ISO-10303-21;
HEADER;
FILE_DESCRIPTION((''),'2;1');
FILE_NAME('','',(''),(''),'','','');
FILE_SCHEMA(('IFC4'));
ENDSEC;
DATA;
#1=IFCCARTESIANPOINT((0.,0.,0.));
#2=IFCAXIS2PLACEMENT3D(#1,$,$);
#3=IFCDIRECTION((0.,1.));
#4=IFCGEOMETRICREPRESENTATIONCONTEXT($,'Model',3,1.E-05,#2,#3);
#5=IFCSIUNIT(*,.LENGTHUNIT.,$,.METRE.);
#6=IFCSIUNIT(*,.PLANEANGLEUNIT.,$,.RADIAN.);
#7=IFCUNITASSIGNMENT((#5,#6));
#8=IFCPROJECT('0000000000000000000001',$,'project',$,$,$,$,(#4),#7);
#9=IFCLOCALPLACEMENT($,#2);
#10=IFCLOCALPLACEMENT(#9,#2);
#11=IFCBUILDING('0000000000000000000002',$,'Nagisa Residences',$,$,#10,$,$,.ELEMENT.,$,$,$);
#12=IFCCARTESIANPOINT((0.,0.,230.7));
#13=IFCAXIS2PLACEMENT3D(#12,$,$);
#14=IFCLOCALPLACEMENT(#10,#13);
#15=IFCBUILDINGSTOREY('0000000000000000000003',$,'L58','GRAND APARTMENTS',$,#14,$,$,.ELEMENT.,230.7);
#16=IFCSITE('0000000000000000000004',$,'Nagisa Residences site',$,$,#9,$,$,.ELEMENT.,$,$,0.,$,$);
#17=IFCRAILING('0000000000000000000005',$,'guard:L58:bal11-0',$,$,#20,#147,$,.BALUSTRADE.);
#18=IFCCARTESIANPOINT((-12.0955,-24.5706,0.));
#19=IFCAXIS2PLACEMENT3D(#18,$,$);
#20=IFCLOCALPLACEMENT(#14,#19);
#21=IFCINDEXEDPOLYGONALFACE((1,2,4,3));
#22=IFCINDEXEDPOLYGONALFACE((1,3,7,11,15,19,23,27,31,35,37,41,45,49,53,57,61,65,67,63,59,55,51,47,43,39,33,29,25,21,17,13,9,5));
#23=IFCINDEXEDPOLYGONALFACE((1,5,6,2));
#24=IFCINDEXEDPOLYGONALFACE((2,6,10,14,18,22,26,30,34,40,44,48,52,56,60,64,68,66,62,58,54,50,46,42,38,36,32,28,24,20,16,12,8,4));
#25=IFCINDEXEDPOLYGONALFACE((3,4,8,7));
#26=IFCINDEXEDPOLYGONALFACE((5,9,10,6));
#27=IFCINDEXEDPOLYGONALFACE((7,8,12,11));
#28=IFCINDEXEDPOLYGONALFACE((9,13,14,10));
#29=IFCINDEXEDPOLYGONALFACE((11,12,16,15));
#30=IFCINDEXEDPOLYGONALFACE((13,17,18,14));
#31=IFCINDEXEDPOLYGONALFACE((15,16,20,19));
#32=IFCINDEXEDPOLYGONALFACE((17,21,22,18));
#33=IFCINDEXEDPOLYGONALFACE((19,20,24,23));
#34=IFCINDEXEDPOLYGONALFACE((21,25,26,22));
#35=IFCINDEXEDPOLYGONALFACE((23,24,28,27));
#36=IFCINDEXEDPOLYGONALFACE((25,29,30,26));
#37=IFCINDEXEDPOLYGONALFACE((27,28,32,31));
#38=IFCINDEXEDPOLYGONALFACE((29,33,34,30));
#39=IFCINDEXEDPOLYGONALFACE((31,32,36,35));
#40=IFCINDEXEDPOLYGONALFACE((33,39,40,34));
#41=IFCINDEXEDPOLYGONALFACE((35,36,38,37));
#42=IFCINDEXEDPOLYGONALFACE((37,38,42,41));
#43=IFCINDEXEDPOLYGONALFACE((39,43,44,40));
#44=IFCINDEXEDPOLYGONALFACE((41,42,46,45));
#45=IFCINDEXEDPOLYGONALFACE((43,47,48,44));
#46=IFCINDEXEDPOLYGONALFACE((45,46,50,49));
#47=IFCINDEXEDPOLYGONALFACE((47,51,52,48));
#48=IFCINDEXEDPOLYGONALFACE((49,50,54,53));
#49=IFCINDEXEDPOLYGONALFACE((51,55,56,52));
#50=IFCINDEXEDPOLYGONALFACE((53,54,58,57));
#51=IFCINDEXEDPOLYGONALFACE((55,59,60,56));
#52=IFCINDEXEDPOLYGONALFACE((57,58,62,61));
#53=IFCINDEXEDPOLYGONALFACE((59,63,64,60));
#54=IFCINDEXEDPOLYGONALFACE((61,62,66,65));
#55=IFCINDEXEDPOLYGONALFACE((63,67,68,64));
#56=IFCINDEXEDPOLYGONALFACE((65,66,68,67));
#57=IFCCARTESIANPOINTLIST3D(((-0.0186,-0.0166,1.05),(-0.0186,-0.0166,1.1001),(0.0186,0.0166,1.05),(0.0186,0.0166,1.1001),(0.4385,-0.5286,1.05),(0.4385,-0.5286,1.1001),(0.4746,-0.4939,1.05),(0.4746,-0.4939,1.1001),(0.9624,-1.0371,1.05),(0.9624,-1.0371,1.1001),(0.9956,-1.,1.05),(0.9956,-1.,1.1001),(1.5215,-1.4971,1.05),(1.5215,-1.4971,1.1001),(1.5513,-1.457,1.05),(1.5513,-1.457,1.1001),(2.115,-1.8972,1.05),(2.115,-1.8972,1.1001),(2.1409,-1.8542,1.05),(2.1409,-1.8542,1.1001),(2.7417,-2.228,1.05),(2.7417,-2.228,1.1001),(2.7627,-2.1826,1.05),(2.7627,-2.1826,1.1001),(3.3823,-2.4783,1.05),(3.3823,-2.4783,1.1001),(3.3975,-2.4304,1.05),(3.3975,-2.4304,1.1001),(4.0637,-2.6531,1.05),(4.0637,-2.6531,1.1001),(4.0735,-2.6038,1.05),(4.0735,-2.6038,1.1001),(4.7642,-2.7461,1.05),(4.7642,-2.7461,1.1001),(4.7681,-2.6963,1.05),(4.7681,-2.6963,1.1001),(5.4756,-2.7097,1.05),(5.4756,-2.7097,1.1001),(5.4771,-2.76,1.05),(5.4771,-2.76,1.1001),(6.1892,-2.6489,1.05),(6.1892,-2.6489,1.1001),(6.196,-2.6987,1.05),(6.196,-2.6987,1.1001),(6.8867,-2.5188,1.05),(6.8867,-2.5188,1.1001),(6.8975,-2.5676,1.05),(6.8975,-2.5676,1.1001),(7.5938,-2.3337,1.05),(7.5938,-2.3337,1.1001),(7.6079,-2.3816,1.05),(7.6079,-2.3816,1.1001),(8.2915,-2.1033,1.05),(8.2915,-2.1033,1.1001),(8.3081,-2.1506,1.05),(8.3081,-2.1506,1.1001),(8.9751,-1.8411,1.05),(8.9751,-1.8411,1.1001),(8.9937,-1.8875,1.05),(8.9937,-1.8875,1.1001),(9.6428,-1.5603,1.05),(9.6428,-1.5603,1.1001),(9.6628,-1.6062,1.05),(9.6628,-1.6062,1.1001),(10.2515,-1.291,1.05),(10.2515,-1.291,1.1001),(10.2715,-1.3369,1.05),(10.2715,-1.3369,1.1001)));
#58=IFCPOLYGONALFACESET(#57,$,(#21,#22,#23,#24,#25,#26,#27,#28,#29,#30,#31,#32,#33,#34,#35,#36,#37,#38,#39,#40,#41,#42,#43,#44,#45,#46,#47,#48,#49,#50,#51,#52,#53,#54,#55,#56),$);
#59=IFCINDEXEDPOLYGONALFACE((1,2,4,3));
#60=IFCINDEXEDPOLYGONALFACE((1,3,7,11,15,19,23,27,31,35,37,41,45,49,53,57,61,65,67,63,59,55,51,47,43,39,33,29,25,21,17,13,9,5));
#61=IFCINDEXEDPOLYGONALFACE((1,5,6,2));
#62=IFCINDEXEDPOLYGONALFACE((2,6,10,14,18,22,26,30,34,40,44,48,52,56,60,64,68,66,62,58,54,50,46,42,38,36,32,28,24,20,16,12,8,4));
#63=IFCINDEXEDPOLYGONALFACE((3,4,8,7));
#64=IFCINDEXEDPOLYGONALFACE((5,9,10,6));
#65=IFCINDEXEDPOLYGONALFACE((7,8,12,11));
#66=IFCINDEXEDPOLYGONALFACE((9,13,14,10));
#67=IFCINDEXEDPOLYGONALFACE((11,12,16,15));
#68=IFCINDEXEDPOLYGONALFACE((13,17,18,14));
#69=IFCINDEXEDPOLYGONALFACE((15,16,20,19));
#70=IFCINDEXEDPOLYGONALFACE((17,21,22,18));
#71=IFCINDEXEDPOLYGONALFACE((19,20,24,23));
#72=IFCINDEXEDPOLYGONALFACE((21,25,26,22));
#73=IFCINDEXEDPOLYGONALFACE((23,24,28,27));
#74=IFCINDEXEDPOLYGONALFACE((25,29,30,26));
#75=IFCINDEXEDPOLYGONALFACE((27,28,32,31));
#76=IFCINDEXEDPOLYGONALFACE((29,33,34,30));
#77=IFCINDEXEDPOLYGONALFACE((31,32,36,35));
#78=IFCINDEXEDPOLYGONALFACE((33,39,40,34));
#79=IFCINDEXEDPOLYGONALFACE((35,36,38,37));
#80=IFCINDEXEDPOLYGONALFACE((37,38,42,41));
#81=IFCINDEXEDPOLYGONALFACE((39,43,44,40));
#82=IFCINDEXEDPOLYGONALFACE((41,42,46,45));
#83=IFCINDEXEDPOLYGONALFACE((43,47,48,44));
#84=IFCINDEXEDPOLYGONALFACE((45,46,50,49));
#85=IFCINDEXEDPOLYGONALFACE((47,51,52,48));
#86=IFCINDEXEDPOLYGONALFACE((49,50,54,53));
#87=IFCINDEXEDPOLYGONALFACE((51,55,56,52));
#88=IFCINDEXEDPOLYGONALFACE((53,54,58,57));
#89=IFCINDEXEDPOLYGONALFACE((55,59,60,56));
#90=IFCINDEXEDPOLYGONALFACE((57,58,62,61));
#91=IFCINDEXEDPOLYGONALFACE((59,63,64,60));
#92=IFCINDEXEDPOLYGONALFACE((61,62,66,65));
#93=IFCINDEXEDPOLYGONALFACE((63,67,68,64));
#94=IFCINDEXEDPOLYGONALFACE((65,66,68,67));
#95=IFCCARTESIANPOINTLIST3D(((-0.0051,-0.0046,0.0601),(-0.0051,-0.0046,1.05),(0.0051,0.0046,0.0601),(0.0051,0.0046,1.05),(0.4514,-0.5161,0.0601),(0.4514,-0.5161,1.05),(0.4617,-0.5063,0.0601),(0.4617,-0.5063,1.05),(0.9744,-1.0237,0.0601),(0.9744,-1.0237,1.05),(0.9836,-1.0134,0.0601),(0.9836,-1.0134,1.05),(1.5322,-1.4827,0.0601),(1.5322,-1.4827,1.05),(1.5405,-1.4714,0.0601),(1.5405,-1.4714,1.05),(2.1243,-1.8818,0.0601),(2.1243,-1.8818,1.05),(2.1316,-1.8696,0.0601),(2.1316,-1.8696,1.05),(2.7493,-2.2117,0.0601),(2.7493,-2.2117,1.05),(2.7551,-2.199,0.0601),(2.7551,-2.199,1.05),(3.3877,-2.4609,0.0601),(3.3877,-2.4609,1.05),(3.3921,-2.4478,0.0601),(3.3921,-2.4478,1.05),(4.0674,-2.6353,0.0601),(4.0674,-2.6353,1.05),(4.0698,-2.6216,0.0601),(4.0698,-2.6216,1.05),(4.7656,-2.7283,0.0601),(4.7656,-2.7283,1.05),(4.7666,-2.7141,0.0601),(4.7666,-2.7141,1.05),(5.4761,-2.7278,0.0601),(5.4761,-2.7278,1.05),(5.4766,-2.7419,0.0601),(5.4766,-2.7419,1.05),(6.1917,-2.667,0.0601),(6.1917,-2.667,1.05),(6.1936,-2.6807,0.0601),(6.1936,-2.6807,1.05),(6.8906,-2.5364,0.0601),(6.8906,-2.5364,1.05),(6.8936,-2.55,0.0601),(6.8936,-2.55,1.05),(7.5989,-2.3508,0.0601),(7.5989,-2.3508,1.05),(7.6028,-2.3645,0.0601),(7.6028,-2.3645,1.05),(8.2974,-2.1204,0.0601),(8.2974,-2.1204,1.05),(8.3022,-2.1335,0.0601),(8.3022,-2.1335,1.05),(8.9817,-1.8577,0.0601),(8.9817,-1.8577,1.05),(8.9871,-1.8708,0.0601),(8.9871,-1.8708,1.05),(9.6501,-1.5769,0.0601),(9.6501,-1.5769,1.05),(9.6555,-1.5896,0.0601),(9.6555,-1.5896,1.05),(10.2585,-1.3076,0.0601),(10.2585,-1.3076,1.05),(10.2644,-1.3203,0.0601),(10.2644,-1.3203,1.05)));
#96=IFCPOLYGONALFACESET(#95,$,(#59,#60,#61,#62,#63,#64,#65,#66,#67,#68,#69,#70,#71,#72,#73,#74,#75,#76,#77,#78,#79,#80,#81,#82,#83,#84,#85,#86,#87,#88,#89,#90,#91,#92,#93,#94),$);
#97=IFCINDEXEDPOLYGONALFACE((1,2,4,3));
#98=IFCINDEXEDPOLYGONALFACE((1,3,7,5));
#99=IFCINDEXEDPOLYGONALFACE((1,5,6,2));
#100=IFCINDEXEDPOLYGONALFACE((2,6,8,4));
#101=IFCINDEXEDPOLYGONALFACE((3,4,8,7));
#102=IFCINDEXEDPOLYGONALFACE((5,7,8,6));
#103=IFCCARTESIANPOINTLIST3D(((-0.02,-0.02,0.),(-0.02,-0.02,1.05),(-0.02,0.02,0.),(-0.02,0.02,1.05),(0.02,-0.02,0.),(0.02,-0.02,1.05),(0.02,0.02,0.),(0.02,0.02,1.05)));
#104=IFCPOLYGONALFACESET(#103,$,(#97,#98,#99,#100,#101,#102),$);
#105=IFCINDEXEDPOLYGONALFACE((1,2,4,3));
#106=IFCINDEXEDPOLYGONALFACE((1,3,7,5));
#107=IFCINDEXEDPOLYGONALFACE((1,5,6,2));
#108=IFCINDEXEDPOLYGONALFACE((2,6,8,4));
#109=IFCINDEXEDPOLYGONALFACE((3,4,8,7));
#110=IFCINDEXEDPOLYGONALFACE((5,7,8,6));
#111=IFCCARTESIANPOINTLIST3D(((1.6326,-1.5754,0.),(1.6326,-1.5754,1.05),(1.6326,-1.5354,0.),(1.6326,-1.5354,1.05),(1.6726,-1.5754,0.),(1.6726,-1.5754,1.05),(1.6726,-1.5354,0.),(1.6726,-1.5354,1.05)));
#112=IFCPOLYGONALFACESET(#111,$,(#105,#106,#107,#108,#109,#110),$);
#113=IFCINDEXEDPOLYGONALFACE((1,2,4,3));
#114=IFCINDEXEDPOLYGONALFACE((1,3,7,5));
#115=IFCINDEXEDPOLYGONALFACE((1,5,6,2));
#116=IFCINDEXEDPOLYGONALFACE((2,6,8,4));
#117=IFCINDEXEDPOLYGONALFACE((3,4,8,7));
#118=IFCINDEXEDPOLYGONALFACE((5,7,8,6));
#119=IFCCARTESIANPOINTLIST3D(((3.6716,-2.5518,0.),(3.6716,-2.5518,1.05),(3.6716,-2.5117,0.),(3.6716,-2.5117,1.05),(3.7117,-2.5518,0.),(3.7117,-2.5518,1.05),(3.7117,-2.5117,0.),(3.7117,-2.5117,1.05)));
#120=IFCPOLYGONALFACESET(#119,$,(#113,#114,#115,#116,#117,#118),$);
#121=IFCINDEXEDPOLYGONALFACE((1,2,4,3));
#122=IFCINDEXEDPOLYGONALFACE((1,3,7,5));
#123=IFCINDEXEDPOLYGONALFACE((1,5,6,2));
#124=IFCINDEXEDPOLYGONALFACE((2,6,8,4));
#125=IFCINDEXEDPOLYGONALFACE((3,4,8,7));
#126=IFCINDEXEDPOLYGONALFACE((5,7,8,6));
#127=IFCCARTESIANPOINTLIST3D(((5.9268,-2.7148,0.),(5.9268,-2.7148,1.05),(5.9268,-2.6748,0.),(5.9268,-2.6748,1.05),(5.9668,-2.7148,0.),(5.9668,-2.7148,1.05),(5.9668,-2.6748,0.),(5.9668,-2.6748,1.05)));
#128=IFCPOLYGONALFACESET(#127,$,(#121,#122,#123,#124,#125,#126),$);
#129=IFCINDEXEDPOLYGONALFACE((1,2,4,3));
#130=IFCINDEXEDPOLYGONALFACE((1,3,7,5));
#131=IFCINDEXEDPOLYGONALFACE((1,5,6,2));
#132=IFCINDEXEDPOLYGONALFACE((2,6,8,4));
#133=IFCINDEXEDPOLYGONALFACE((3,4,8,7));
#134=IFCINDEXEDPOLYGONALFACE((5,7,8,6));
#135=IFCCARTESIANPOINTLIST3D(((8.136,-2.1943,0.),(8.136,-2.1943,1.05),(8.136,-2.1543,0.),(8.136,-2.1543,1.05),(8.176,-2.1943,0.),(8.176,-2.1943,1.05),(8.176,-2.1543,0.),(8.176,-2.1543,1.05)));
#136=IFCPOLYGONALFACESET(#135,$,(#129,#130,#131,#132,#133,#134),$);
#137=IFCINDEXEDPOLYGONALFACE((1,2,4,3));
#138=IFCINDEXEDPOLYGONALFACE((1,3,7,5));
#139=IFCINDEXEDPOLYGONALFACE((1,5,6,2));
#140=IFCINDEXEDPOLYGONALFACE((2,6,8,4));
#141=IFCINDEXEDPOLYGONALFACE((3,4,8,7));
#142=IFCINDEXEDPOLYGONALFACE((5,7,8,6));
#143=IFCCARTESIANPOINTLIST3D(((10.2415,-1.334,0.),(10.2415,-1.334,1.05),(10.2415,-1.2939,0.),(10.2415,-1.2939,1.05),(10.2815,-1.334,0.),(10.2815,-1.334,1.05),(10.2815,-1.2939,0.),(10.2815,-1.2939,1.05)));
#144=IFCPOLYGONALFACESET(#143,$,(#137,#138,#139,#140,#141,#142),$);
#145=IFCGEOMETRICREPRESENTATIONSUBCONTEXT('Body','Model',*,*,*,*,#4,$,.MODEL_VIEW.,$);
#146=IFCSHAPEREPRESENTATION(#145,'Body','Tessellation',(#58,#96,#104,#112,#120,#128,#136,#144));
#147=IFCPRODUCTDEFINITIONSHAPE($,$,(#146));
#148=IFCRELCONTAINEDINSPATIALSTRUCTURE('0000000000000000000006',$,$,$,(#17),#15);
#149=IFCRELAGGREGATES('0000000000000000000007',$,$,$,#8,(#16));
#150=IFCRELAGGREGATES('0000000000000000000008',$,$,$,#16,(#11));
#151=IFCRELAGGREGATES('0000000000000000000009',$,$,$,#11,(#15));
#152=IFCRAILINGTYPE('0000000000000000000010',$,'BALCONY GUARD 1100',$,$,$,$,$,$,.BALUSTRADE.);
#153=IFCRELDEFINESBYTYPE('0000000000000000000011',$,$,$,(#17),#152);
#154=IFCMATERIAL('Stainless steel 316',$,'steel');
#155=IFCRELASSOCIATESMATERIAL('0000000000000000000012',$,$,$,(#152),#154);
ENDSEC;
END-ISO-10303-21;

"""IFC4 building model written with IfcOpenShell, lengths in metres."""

from ifc_helpers import new_model, si_unit, direction, frame, origin, origin_2d, place, context, subcontext, project, spatial, polyline, rectangle, outline, extrude, material, type_object, element, save


model = new_model("IFC4")

# Units and contexts
model_context = context("Model", 3, precision=1e-05, world=origin(), true_north=direction((0.0, 1.0)))
body_context = subcontext(model_context, "Body", "Model", "MODEL_VIEW")
ifc_project = project(units=[si_unit("LENGTHUNIT", "METRE"), si_unit("PLANEANGLEUNIT", "RADIAN")], contexts=[model_context])

# Site, building, storey
site_placement = place(None, origin())
site = spatial("IfcSite", under=ifc_project, at=site_placement, Name="Nagisa Residences site", CompositionType="ELEMENT", RefElevation=0.0)
building_placement = place(site_placement, origin())
building = spatial("IfcBuilding", under=site, at=building_placement, Name="Nagisa Residences", CompositionType="ELEMENT")
storey_placement = place(building_placement, frame((0.0, 0.0, 230.7)))
storey = spatial("IfcBuildingStorey", under=building, at=storey_placement, Name="L58", Description="GRAND APARTMENTS", CompositionType="ELEMENT", Elevation=230.7)

# Railing
ifc_material_1 = material(Name="Stainless steel 316", Category="steel")
railing_type = type_object("IfcRailingType", Name="BALCONY GUARD 1100", PredefinedType="BALUSTRADE", material=ifc_material_1)
railing_1_placement = place(storey_placement, frame((-12.0955, -24.5706, 0.0)))
element("IfcRailing", 1, at=railing_1_placement, inside=storey, type_object=railing_type, Name="guard:L58:bal11-0", PredefinedType="BALUSTRADE", context=body_context, shape_type="SweptSolid", body=[
    extrude(outline(polyline([(0.4746, -0.4939), (0.0186, 0.0166), (-0.0186, -0.0166), (0.4385, -0.5286), (0.9624, -1.0371), (1.5215, -1.4971), (2.115, -1.8972), (2.7417, -2.228), (3.3823, -2.4783), (4.0637, -2.6531), (4.7642, -2.7461), (5.4771, -2.76), (6.196, -2.6987), (6.8975, -2.5676), (7.6079, -2.3816), (8.3081, -2.1506), (8.9937, -1.8875), (9.6628, -1.6062), (10.2715, -1.3369), (10.2515, -1.291), (9.6428, -1.5603), (8.9751, -1.8411), (8.2915, -2.1033), (7.5938, -2.3337), (6.8867, -2.5188), (6.1892, -2.6489), (5.4756, -2.7097), (4.7681, -2.6963), (4.0735, -2.6038), (3.3975, -2.4304), (2.7627, -2.1826), (2.1409, -1.8542), (1.5513, -1.457), (0.9956, -1.0), (0.4746, -0.4939)])), frame((0.0, 0.0, 1.05)), (0.0, 0.0, 1.0), 0.05),
    extrude(outline(polyline([(0.4617, -0.5063), (0.0051, 0.0046), (-0.0051, -0.0046), (0.4514, -0.5161), (0.9744, -1.0237), (1.5322, -1.4827), (2.1243, -1.8818), (2.7493, -2.2117), (3.3877, -2.4609), (4.0674, -2.6353), (4.7656, -2.7283), (5.4766, -2.7419), (6.1936, -2.6807), (6.8936, -2.55), (7.6028, -2.3645), (8.3022, -2.1335), (8.9871, -1.8708), (9.6555, -1.5896), (10.2644, -1.3203), (10.2585, -1.3076), (9.6501, -1.5769), (8.9817, -1.8577), (8.2974, -2.1204), (7.5989, -2.3508), (6.8906, -2.5364), (6.1917, -2.667), (5.4761, -2.7278), (4.7666, -2.7141), (4.0698, -2.6216), (3.3921, -2.4478), (2.7551, -2.199), (2.1316, -1.8696), (1.5405, -1.4714), (0.9836, -1.0134), (0.4617, -0.5063)])), frame((0.0, 0.0, 0.0601)), (0.0, 0.0, 1.0), 0.99),
    extrude(rectangle(XDim=0.04, YDim=0.04, at=origin_2d()), origin(), (0.0, 0.0, 1.0), 1.05),
    extrude(rectangle(XDim=0.04, YDim=0.04, at=origin_2d()), frame((1.6526, -1.5554, 0.0)), (0.0, 0.0, 1.0), 1.05),
    extrude(rectangle(XDim=0.04, YDim=0.04, at=origin_2d()), frame((3.6917, -2.5317, 0.0)), (0.0, 0.0, 1.0), 1.05),
    extrude(rectangle(XDim=0.04, YDim=0.04, at=origin_2d()), frame((5.9468, -2.6948, 0.0)), (0.0, 0.0, 1.0), 1.05),
    extrude(rectangle(XDim=0.04, YDim=0.04, at=origin_2d()), frame((8.156, -2.1743, 0.0)), (0.0, 0.0, 1.0), 1.05),
    extrude(rectangle(XDim=0.04, YDim=0.04, at=origin_2d()), frame((10.2615, -1.314, 0.0)), (0.0, 0.0, 1.0), 1.05),
])

save(model, "model.ifc")
